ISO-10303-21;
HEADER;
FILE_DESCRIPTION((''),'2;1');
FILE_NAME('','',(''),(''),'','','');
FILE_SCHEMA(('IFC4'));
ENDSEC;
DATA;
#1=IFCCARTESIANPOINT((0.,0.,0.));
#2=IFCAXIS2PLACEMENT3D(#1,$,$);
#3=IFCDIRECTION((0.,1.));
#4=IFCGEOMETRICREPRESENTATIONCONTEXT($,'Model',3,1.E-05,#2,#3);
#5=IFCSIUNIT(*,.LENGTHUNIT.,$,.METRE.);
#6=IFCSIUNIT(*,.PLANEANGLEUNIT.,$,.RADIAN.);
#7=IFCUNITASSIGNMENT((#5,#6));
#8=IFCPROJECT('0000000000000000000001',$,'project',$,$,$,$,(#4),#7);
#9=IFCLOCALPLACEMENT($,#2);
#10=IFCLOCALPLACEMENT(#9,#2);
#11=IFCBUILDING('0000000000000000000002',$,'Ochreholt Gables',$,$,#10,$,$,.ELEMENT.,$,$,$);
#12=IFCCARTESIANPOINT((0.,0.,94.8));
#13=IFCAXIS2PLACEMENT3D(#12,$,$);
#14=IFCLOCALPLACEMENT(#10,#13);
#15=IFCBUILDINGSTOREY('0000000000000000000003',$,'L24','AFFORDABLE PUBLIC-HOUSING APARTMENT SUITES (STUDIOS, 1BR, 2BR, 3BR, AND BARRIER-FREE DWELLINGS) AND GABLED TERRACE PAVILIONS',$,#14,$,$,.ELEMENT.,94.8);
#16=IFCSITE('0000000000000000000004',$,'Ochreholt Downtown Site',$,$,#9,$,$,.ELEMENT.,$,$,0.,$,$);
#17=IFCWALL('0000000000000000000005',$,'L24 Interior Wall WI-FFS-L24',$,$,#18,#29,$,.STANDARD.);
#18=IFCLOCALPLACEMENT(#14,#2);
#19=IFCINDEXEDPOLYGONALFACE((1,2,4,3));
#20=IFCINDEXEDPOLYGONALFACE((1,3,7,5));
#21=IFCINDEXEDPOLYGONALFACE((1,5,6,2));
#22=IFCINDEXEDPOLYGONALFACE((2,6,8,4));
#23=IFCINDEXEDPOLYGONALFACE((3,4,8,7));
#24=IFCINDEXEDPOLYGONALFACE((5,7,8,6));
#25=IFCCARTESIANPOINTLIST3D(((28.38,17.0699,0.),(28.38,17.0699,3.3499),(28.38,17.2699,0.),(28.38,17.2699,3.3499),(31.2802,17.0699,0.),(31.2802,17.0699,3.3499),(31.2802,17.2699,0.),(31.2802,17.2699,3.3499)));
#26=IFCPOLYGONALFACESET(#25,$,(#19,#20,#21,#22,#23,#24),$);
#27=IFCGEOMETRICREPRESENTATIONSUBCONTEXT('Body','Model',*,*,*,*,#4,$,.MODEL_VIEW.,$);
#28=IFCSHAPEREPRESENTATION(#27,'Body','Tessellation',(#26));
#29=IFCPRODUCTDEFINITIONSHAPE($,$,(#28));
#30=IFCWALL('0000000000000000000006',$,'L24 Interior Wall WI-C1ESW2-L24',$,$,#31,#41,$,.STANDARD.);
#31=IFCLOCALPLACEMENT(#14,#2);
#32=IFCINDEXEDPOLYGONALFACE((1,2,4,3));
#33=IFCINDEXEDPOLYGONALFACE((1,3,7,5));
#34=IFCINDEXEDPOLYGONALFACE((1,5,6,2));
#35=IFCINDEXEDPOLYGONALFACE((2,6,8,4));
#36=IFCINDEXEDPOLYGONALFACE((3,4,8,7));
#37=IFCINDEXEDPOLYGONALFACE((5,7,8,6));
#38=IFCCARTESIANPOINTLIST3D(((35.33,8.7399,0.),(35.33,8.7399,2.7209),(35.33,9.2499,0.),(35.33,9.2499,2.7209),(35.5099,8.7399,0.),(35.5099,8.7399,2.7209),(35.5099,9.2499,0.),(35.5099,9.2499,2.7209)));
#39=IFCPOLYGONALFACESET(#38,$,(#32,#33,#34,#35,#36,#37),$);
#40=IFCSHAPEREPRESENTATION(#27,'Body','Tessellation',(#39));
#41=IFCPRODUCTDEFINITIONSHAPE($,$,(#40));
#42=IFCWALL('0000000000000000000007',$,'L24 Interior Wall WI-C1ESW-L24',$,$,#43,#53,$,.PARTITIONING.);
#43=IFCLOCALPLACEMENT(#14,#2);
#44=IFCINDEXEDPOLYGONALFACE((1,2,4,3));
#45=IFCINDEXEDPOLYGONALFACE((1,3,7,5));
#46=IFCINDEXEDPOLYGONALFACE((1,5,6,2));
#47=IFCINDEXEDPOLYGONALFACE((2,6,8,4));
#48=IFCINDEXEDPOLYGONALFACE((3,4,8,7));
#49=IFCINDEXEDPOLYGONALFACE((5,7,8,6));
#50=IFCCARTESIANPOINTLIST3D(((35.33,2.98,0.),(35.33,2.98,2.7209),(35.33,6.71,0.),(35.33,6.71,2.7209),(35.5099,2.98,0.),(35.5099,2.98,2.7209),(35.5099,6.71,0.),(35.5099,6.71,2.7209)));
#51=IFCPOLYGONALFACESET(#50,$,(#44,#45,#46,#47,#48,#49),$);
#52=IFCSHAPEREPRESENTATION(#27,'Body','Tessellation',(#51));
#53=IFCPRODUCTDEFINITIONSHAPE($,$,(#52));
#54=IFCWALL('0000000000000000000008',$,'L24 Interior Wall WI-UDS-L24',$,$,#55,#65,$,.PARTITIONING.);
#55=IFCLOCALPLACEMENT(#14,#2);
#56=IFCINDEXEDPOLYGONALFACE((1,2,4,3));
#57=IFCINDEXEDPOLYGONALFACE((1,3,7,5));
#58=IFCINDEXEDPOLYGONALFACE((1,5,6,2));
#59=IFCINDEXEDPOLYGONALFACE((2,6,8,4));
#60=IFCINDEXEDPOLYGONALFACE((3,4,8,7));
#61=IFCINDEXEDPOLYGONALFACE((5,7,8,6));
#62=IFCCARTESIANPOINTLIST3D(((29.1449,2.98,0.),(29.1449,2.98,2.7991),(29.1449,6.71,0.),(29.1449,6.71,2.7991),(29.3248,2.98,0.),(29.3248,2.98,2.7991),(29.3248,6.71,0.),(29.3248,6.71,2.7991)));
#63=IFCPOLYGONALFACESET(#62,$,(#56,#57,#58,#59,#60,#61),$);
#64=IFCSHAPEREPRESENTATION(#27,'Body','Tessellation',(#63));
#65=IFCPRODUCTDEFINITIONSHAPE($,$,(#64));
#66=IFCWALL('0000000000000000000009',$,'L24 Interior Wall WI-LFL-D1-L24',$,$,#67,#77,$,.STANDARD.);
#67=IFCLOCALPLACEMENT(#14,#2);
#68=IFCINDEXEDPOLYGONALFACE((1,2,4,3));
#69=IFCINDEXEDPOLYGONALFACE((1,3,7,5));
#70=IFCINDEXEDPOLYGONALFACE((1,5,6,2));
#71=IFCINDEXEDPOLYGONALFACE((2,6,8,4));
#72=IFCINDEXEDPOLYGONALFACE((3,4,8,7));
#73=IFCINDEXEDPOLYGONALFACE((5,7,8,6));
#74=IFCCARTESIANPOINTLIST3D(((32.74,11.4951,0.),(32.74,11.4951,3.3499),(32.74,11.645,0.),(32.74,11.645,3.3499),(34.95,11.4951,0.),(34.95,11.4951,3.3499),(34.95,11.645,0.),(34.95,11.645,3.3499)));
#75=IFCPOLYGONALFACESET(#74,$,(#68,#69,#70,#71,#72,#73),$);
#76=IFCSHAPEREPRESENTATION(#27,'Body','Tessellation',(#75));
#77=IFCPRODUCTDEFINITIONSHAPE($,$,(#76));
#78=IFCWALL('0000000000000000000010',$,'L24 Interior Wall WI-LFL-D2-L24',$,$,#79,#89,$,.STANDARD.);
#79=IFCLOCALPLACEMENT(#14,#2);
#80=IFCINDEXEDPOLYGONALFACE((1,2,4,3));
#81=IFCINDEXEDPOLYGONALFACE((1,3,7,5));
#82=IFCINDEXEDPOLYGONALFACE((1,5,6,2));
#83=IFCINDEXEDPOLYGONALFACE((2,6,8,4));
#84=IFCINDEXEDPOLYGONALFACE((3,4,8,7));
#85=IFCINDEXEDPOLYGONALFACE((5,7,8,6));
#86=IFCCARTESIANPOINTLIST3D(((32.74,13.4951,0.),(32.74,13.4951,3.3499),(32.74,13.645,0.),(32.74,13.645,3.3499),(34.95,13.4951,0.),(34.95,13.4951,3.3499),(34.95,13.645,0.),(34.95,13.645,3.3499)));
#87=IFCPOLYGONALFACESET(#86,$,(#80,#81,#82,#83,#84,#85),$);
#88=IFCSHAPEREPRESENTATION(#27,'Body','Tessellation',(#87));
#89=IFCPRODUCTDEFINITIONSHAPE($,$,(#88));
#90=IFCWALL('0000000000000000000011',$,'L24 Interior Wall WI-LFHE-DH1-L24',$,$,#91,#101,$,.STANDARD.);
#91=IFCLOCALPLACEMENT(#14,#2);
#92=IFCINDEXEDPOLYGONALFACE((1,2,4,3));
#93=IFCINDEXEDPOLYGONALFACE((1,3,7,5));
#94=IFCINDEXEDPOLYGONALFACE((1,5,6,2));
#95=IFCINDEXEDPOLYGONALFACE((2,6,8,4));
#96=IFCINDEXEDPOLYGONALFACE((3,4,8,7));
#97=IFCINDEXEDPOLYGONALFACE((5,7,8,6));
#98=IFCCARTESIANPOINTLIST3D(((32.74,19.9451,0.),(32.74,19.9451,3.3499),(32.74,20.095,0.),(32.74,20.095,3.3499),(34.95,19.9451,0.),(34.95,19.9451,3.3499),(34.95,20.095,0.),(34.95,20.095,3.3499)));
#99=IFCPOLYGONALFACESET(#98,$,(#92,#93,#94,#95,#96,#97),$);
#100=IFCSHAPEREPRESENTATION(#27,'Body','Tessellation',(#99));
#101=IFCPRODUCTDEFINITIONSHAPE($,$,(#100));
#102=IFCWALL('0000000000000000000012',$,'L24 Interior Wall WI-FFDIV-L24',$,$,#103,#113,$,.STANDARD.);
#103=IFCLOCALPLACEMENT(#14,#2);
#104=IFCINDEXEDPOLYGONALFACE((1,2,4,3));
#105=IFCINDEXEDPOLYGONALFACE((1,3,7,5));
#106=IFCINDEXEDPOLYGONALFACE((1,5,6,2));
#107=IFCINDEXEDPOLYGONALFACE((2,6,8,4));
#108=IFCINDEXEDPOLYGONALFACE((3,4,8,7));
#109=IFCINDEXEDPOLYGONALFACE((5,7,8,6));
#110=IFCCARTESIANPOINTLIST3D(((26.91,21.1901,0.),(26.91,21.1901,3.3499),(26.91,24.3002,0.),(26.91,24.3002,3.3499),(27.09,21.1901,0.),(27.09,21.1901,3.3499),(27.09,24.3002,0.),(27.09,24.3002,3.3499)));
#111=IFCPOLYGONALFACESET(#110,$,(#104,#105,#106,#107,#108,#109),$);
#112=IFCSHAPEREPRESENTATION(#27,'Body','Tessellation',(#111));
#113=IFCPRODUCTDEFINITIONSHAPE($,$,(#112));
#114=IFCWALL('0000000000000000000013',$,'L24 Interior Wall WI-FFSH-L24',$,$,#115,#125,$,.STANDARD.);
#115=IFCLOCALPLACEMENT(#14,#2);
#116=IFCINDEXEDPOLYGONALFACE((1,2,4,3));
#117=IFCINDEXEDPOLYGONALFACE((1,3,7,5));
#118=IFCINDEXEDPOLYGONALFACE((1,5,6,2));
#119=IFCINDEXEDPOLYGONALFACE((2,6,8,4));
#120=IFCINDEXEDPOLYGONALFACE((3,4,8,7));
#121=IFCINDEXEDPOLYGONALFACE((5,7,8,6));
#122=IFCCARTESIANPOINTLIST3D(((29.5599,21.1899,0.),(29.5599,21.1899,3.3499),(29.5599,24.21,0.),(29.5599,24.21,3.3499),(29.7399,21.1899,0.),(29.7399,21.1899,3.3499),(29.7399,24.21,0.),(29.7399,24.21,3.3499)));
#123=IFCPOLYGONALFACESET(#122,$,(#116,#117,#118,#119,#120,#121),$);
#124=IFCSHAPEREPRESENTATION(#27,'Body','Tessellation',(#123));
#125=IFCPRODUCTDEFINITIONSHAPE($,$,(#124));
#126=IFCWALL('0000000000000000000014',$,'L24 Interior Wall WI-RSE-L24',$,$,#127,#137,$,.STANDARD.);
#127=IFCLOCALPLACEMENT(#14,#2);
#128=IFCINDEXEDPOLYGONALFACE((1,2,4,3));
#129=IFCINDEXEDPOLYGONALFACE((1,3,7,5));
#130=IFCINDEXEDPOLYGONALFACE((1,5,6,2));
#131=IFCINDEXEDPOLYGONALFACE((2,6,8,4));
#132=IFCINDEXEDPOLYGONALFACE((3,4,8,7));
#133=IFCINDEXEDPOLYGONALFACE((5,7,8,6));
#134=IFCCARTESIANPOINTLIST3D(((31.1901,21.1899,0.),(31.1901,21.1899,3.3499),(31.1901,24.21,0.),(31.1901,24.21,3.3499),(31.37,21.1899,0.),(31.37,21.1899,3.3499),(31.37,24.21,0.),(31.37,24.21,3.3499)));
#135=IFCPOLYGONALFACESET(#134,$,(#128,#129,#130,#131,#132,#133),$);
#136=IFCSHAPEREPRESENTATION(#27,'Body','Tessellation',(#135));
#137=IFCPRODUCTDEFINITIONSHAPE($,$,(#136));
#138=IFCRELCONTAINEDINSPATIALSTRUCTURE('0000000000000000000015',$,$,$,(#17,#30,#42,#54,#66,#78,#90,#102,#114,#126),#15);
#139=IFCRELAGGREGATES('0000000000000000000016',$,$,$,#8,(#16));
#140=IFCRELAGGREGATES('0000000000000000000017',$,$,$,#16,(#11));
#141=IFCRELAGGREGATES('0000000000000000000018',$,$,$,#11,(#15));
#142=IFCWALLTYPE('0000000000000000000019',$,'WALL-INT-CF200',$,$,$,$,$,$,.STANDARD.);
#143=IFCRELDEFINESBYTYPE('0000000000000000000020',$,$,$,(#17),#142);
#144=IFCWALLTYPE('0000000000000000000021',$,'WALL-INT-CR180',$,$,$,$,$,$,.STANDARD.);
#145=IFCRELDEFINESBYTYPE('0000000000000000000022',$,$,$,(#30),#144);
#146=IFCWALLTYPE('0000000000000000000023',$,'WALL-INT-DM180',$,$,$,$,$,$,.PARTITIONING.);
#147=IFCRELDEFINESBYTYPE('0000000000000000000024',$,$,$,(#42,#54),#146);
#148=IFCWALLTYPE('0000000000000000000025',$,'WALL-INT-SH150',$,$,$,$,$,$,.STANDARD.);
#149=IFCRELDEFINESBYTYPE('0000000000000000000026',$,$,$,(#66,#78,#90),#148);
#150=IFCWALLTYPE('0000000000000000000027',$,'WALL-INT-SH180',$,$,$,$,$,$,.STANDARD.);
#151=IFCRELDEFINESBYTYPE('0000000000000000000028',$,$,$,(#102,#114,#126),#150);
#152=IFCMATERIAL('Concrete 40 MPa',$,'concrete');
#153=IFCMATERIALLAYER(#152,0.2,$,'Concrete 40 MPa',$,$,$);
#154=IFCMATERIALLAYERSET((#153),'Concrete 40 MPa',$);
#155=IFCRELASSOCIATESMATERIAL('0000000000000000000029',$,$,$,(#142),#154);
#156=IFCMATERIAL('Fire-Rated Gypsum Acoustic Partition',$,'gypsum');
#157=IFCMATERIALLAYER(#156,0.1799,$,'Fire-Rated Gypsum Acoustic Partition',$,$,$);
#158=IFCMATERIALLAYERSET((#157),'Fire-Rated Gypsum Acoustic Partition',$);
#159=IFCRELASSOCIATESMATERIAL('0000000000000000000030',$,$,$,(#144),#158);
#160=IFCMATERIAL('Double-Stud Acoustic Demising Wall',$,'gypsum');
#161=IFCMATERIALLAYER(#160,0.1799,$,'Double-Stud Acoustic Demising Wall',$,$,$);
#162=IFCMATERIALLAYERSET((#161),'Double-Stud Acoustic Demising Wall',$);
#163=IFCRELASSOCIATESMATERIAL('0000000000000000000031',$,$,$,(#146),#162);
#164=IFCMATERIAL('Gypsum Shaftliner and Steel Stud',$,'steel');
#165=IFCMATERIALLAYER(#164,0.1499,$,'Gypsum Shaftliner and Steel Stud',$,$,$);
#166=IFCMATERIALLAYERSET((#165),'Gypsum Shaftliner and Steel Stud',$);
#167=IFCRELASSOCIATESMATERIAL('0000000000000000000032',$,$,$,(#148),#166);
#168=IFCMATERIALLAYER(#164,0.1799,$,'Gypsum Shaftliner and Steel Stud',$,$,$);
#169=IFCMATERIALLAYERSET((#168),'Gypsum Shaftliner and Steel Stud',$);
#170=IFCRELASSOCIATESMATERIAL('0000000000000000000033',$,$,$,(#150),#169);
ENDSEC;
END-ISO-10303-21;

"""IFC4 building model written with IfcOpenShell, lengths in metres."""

from ifc_helpers import new_model, si_unit, direction, frame, frame_2d, origin, place, context, subcontext, project, spatial, rectangle, extrude, material, layer, layer_set, type_object, element, save


model = new_model("IFC4")

# Units and contexts
model_context = context("Model", 3, precision=1e-05, world=origin(), true_north=direction((0.0, 1.0)))
body_context = subcontext(model_context, "Body", "Model", "MODEL_VIEW")
ifc_project = project(units=[si_unit("LENGTHUNIT", "METRE"), si_unit("PLANEANGLEUNIT", "RADIAN")], contexts=[model_context])

# Site, building, storey
site_placement = place(None, origin())
site = spatial("IfcSite", under=ifc_project, at=site_placement, Name="Ochreholt Downtown Site", CompositionType="ELEMENT", RefElevation=0.0)
building_placement = place(site_placement, origin())
building = spatial("IfcBuilding", under=site, at=building_placement, Name="Ochreholt Gables", CompositionType="ELEMENT")
storey_placement = place(building_placement, frame((0.0, 0.0, 94.8)))
storey = spatial("IfcBuildingStorey", under=building, at=storey_placement, Name="L24", Description="AFFORDABLE PUBLIC-HOUSING APARTMENT SUITES (STUDIOS, 1BR, 2BR, 3BR, AND BARRIER-FREE DWELLINGS) AND GABLED TERRACE PAVILIONS", CompositionType="ELEMENT", Elevation=94.8)

# Wall
ifc_material_1 = material(Name="Concrete 40 MPa", Category="concrete")
ifc_layer_1 = layer(ifc_material_1, 0.2, Name="Concrete 40 MPa")
ifc_layer_set_1 = layer_set([ifc_layer_1], Name="Concrete 40 MPa")
wall_type_1 = type_object("IfcWallType", Name="WALL-INT-CF200", PredefinedType="STANDARD", material=ifc_layer_set_1)
wall_1_placement = place(storey_placement, frame((28.3799, 17.1699, 0.0), z_axis=(0.0, 0.0, 1.0), x_axis=(1.0, 0.0, 0.0)))
element("IfcWall", 1, at=wall_1_placement, inside=storey, type_object=wall_type_1, Name="L24 Interior Wall WI-FFS-L24", PredefinedType="STANDARD", context=body_context, shape_type="SweptSolid", body=[
    extrude(rectangle(XDim=2.9001, YDim=0.2, at=frame_2d((1.4502, 0.0))), origin(), (0.0, 0.0, 1.0), 3.3499),
])

# Walls
ifc_material_2 = material(Name="Fire-Rated Gypsum Acoustic Partition", Category="gypsum")
ifc_layer_2 = layer(ifc_material_2, 0.1799, Name="Fire-Rated Gypsum Acoustic Partition")
ifc_layer_set_2 = layer_set([ifc_layer_2], Name="Fire-Rated Gypsum Acoustic Partition")
wall_type_2 = type_object("IfcWallType", Name="WALL-INT-CR180", PredefinedType="STANDARD", material=ifc_layer_set_2)
wall_2_placement = place(storey_placement, frame((35.4199, 8.74, 0.0), z_axis=(0.0, 0.0, 1.0), x_axis=(0.0, 1.0, 0.0)))
element("IfcWall", 2, at=wall_2_placement, inside=storey, type_object=wall_type_2, Name="L24 Interior Wall WI-C1ESW2-L24", PredefinedType="STANDARD", context=body_context, shape_type="SweptSolid", body=[
    extrude(rectangle(XDim=0.51, YDim=0.1799, at=frame_2d((0.2549, 0.0))), origin(), (0.0, 0.0, 1.0), 2.7209),
])
ifc_material_3 = material(Name="Double-Stud Acoustic Demising Wall", Category="gypsum")
ifc_layer_3 = layer(ifc_material_3, 0.1799, Name="Double-Stud Acoustic Demising Wall")
ifc_layer_set_3 = layer_set([ifc_layer_3], Name="Double-Stud Acoustic Demising Wall")
wall_type_3 = type_object("IfcWallType", Name="WALL-INT-DM180", PredefinedType="PARTITIONING", material=ifc_layer_set_3)
wall_3_placement = place(storey_placement, frame((35.4199, 2.98, 0.0), z_axis=(0.0, 0.0, 1.0), x_axis=(0.0, 1.0, 0.0)))
element("IfcWall", 3, at=wall_3_placement, inside=storey, type_object=wall_type_3, Name="L24 Interior Wall WI-C1ESW-L24", PredefinedType="PARTITIONING", context=body_context, shape_type="SweptSolid", body=[
    extrude(rectangle(XDim=3.73, YDim=0.1799, at=frame_2d((1.865, 0.0))), origin(), (0.0, 0.0, 1.0), 2.7209),
])
wall_4_placement = place(storey_placement, frame((29.2349, 2.98, 0.0), z_axis=(0.0, 0.0, 1.0), x_axis=(0.0, 1.0, 0.0)))
element("IfcWall", 4, at=wall_4_placement, inside=storey, type_object=wall_type_3, Name="L24 Interior Wall WI-UDS-L24", PredefinedType="PARTITIONING", context=body_context, shape_type="SweptSolid", body=[
    extrude(rectangle(XDim=3.73, YDim=0.1799, at=frame_2d((1.865, 0.0))), origin(), (0.0, 0.0, 1.0), 2.7991),
])
ifc_material_4 = material(Name="Gypsum Shaftliner and Steel Stud", Category="steel")
ifc_layer_4 = layer(ifc_material_4, 0.1499, Name="Gypsum Shaftliner and Steel Stud")
ifc_layer_set_4 = layer_set([ifc_layer_4], Name="Gypsum Shaftliner and Steel Stud")
wall_type_4 = type_object("IfcWallType", Name="WALL-INT-SH150", PredefinedType="STANDARD", material=ifc_layer_set_4)
for number, where, z_axis, x_axis, name in (
    (5, (32.74, 11.5701, 0.0), (0.0, 0.0, 1.0), (1.0, 0.0, 0.0), "L24 Interior Wall WI-LFL-D1-L24"),
    (6, (32.74, 13.5701, 0.0), (0.0, 0.0, 1.0), (1.0, 0.0, 0.0), "L24 Interior Wall WI-LFL-D2-L24"),
    (7, (32.74, 20.02, 0.0), (0.0, 0.0, 1.0), (1.0, 0.0, 0.0), "L24 Interior Wall WI-LFHE-DH1-L24"),
):
    element("IfcWall", number, at=place(storey_placement, frame(where, z_axis=z_axis, x_axis=x_axis)), inside=storey, type_object=wall_type_4, Name=name, PredefinedType="STANDARD", context=body_context, shape_type="SweptSolid", body=[
        extrude(rectangle(XDim=2.21, YDim=0.1499, at=frame_2d((1.105, 0.0))), origin(), (0.0, 0.0, 1.0), 3.3499),
    ])
ifc_layer_5 = layer(ifc_material_4, 0.1799, Name="Gypsum Shaftliner and Steel Stud")
ifc_layer_set_5 = layer_set([ifc_layer_5], Name="Gypsum Shaftliner and Steel Stud")
wall_type_5 = type_object("IfcWallType", Name="WALL-INT-SH180", PredefinedType="STANDARD", material=ifc_layer_set_5)
wall_5_placement = place(storey_placement, frame((27.0, 21.1899, 0.0), z_axis=(0.0, 0.0, 1.0), x_axis=(0.0, 1.0, 0.0)))
element("IfcWall", 8, at=wall_5_placement, inside=storey, type_object=wall_type_5, Name="L24 Interior Wall WI-FFDIV-L24", PredefinedType="STANDARD", context=body_context, shape_type="SweptSolid", body=[
    extrude(rectangle(XDim=3.1101, YDim=0.1799, at=frame_2d((1.5552, 0.0))), origin(), (0.0, 0.0, 1.0), 3.3499),
])
for number, where, z_axis, x_axis, name in (
    (9, (29.6499, 21.1899, 0.0), (0.0, 0.0, 1.0), (0.0, 1.0, 0.0), "L24 Interior Wall WI-FFSH-L24"),
    (10, (31.28, 21.1899, 0.0), (0.0, 0.0, 1.0), (0.0, 1.0, 0.0), "L24 Interior Wall WI-RSE-L24"),
):
    element("IfcWall", number, at=place(storey_placement, frame(where, z_axis=z_axis, x_axis=x_axis)), inside=storey, type_object=wall_type_5, Name=name, PredefinedType="STANDARD", context=body_context, shape_type="SweptSolid", body=[
        extrude(rectangle(XDim=3.02, YDim=0.1799, at=frame_2d((1.51, 0.0))), origin(), (0.0, 0.0, 1.0), 3.3499),
    ])

save(model, "model.ifc")
